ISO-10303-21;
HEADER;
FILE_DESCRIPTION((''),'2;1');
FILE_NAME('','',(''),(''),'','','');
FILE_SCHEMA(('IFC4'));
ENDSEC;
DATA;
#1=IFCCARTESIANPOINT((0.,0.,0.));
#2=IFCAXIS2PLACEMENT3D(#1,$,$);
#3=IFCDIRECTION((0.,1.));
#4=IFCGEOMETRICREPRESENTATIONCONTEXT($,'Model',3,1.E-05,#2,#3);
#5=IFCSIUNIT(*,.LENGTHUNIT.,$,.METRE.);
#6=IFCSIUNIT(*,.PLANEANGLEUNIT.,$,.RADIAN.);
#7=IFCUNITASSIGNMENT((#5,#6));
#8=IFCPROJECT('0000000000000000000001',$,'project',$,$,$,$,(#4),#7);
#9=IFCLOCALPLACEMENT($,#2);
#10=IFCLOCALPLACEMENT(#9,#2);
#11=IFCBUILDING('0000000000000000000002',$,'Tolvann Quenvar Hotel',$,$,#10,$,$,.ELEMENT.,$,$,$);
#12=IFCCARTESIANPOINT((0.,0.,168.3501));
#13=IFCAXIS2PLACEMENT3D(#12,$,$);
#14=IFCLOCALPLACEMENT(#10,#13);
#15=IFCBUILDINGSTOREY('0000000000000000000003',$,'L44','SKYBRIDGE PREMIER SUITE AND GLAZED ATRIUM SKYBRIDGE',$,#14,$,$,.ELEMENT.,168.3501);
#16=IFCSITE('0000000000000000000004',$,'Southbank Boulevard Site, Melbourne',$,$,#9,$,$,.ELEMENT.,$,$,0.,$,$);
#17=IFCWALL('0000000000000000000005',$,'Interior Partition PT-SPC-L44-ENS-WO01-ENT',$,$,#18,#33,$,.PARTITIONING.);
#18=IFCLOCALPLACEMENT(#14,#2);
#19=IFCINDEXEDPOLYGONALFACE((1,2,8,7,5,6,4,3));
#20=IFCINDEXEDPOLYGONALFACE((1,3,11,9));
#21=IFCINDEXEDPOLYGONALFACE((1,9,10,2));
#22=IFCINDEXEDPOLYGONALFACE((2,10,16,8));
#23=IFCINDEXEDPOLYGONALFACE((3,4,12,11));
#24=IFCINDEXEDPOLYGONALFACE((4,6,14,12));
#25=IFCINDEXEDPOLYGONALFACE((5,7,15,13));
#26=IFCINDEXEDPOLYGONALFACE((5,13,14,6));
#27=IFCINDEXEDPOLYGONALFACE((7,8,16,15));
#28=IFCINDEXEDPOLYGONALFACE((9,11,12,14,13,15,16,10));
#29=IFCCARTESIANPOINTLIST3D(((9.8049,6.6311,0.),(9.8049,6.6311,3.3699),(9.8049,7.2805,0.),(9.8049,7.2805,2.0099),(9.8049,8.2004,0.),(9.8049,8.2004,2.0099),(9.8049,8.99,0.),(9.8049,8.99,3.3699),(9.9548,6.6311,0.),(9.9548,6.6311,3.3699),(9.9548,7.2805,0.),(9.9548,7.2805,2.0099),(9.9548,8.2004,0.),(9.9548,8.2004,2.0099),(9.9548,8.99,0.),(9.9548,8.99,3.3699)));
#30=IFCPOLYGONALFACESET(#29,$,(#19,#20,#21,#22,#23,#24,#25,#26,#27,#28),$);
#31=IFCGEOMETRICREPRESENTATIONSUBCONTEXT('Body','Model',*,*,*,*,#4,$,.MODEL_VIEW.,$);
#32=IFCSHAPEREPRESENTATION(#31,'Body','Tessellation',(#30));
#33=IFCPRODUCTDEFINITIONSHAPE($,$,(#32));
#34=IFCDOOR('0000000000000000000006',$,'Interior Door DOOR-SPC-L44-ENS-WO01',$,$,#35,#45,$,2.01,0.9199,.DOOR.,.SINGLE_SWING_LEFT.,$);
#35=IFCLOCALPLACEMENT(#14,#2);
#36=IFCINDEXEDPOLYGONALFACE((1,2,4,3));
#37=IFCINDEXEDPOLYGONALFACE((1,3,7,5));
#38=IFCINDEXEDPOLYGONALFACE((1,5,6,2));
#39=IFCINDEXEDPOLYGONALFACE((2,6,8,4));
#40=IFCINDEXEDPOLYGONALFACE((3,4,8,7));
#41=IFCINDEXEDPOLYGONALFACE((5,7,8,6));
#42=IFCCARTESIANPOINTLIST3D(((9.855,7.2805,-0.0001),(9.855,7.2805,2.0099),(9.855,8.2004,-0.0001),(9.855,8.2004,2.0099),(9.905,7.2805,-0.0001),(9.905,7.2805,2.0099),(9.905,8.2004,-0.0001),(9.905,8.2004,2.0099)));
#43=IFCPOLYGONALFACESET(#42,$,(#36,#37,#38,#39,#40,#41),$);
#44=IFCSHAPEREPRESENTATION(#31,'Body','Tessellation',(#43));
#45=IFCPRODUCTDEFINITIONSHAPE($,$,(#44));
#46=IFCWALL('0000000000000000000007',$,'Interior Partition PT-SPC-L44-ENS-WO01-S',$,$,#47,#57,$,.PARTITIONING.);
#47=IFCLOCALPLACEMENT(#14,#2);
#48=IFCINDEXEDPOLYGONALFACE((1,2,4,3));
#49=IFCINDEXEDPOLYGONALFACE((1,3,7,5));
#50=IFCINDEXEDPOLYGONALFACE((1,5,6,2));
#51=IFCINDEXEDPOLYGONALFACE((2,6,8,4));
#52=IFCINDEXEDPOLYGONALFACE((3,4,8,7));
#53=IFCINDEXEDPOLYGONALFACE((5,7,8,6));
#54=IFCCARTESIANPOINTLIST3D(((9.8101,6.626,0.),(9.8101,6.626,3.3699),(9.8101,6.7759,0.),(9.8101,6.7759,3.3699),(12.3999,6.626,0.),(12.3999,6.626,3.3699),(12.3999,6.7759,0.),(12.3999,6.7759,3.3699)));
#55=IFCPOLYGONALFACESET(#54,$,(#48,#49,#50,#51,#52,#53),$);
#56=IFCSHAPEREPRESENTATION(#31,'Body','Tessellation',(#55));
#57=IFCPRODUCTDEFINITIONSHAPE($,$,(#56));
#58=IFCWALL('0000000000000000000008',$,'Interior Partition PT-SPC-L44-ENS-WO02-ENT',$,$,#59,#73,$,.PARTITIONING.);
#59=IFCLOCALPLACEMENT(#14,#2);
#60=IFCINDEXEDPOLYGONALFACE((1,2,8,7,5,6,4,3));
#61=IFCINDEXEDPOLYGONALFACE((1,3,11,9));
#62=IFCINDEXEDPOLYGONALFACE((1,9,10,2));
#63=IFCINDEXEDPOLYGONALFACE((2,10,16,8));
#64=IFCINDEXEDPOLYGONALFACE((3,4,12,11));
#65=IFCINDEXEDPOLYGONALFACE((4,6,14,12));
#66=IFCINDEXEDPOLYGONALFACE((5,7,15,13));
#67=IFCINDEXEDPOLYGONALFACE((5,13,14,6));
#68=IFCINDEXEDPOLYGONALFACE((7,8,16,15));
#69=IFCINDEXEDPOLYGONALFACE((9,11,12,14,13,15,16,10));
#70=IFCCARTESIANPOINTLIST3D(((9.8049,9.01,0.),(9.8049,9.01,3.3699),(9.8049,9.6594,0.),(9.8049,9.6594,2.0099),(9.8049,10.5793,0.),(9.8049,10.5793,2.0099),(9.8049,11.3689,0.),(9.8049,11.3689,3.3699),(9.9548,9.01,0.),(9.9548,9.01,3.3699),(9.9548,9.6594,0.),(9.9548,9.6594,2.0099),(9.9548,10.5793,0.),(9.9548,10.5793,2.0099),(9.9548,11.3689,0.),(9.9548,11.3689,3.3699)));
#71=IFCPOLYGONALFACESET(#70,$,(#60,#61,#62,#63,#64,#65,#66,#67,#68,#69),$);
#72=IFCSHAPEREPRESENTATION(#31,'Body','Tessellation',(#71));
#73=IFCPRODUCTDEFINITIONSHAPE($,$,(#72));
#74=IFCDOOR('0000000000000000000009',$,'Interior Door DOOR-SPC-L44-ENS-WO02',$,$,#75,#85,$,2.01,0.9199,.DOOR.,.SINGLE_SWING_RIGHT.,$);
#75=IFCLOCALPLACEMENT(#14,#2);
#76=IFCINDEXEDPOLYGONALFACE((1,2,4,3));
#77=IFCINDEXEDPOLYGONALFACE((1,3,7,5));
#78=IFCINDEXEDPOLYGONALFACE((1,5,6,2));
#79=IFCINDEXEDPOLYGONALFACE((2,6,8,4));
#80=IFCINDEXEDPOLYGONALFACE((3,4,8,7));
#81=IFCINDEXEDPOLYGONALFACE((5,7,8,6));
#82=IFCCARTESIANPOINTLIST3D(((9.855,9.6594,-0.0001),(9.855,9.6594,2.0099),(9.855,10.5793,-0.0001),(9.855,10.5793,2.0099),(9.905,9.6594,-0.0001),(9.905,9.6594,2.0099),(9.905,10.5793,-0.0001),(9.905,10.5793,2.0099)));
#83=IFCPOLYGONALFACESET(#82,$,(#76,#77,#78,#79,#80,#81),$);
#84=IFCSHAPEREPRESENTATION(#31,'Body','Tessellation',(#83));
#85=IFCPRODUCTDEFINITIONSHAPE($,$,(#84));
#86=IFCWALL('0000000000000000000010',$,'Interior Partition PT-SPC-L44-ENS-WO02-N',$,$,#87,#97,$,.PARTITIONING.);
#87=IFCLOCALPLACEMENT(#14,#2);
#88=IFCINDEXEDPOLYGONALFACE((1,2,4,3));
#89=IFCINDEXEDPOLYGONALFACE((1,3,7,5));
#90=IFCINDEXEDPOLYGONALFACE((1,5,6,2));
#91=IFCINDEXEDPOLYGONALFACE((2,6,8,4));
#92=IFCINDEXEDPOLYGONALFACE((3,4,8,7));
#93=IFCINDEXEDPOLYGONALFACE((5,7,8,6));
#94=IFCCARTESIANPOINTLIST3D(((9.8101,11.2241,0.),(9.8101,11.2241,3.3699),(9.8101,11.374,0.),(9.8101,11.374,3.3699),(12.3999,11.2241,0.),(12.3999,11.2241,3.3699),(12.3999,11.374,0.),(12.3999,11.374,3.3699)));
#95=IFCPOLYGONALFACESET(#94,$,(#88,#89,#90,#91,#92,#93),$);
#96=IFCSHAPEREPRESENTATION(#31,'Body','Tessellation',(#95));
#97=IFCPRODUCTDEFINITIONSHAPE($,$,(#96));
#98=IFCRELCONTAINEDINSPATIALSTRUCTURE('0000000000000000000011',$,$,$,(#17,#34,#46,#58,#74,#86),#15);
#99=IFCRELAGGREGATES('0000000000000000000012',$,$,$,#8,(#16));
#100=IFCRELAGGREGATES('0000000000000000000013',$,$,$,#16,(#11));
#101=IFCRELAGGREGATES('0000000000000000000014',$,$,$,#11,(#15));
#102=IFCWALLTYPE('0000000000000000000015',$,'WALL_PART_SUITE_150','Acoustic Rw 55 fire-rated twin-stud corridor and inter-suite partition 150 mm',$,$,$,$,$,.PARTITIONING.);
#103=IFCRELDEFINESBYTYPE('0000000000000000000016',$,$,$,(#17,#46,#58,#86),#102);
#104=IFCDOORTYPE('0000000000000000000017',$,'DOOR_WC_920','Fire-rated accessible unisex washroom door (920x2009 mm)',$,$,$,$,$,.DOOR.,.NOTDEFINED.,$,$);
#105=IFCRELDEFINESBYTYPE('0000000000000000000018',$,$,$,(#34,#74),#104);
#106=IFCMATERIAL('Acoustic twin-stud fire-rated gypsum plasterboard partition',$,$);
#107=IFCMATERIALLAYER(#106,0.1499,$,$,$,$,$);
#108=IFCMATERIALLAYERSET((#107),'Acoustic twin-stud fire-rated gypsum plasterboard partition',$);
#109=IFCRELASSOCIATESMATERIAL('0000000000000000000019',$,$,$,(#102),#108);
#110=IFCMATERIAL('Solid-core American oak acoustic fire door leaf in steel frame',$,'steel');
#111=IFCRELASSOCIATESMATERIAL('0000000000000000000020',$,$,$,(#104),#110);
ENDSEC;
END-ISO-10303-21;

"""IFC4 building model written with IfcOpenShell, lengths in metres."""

from ifc_helpers import new_model, si_unit, direction, frame, frame_2d, origin, place, context, subcontext, project, spatial, rectangle, extrude, source, transform, mapped, material, layer, layer_set, type_object, type_shapes, element, fill, save


model = new_model("IFC4")

# Units and contexts
model_context = context("Model", 3, precision=1e-05, world=origin(), true_north=direction((0.0, 1.0)))
body_context = subcontext(model_context, "Body", "Model", "MODEL_VIEW")
ifc_project = project(units=[si_unit("LENGTHUNIT", "METRE"), si_unit("PLANEANGLEUNIT", "RADIAN")], contexts=[model_context])

# Site, building, storey
site_placement = place(None, origin())
site = spatial("IfcSite", under=ifc_project, at=site_placement, Name="Southbank Boulevard Site, Melbourne", CompositionType="ELEMENT", RefElevation=0.0)
building_placement = place(site_placement, origin())
building = spatial("IfcBuilding", under=site, at=building_placement, Name="Tolvann Quenvar Hotel", CompositionType="ELEMENT")
storey_placement = place(building_placement, frame((0.0, 0.0, 168.3501)))
storey = spatial("IfcBuildingStorey", under=building, at=storey_placement, Name="L44", Description="SKYBRIDGE PREMIER SUITE AND GLAZED ATRIUM SKYBRIDGE", CompositionType="ELEMENT", Elevation=168.3501)

# Wall, opening, door
ifc_material_1 = material(Name="Acoustic twin-stud fire-rated gypsum plasterboard partition")
ifc_layer_1 = layer(ifc_material_1, 0.1499)
ifc_layer_set_1 = layer_set([ifc_layer_1], Name="Acoustic twin-stud fire-rated gypsum plasterboard partition")
wall_type_1 = type_object("IfcWallType", Name="WALL_PART_SUITE_150", Description="Acoustic Rw 55 fire-rated twin-stud corridor and inter-suite partition 150 mm", PredefinedType="PARTITIONING", material=ifc_layer_set_1)
wall_1_placement = place(storey_placement, frame((9.8799, 6.6311, 0.0), z_axis=(0.0, 0.0, 1.0), x_axis=(0.0, 1.0, 0.0)))
wall_1 = element("IfcWall", 1, at=wall_1_placement, inside=storey, type_object=wall_type_1, Name="Interior Partition PT-SPC-L44-ENS-WO01-ENT", PredefinedType="PARTITIONING", context=body_context, shape_type="SweptSolid", body=[
    extrude(rectangle(XDim=2.3589, YDim=0.1499, at=frame_2d((1.1794, 0.0))), origin(), (0.0, 0.0, 1.0), 3.3699),
])
opening_1_placement = place(wall_1_placement, frame((0.6494, 0.0, 0.0)))
opening_1 = element("IfcOpeningElement", 2, at=opening_1_placement, cuts=wall_1, PredefinedType="OPENING", context=body_context, shape_type="SweptSolid", body=[
    extrude(rectangle(XDim=0.9199, YDim=2.01, at=frame_2d((0.46, 1.0049))), frame((0.0, 0.085, 0.0), z_axis=(0.0, -1.0, 0.0), x_axis=(1.0, 0.0, 0.0)), (0.0, 0.0, 1.0), 0.1699),
])
ifc_material_2 = material(Name="Solid-core American oak acoustic fire door leaf in steel frame", Category="steel")
door_type_1 = type_object("IfcDoorType", Name="DOOR_WC_920", Description="Fire-rated accessible unisex washroom door (920x2009 mm)", OperationType="NOTDEFINED", PredefinedType="DOOR", material=ifc_material_2)
shared_shape_1 = source(origin(), body_context, "Body", "SweptSolid", [
    extrude(rectangle(XDim=0.9199, YDim=2.01, at=frame_2d((0.46, 1.0049))), frame((0.0, 0.0249, 0.0), z_axis=(0.0, -1.0, 0.0), x_axis=(1.0, 0.0, 0.0)), (0.0, 0.0, 1.0), 0.05),
])
type_shapes(door_type_1, [shared_shape_1])
door_1_placement = place(opening_1_placement, origin())
door_1 = element("IfcDoor", 3, at=door_1_placement, inside=storey, type_object=door_type_1, Name="Interior Door DOOR-SPC-L44-ENS-WO01", OperationType="SINGLE_SWING_LEFT", OverallHeight=2.01, OverallWidth=0.9199, PredefinedType="DOOR", context=body_context, shape_type="MappedRepresentation", body=[
    mapped(shared_shape_1, transform((0.0, 0.0, 0.0), x_axis=(1.0, 0.0, 0.0), y_axis=(0.0, 1.0, 0.0), z_axis=(0.0, 0.0, 1.0), scale=1.0)),
])
fill(opening_1, door_1)

# Wall
wall_2_placement = place(storey_placement, frame((9.8101, 6.7009, 0.0), z_axis=(0.0, 0.0, 1.0), x_axis=(1.0, 0.0, 0.0)))
element("IfcWall", 4, at=wall_2_placement, inside=storey, type_object=wall_type_1, Name="Interior Partition PT-SPC-L44-ENS-WO01-S", PredefinedType="PARTITIONING", context=body_context, shape_type="SweptSolid", body=[
    extrude(rectangle(XDim=2.5898, YDim=0.1499, at=frame_2d((1.2949, 0.0))), origin(), (0.0, 0.0, 1.0), 3.3699),
])

# Wall, opening, door
wall_3_placement = place(storey_placement, frame((9.8799, 9.01, 0.0), z_axis=(0.0, 0.0, 1.0), x_axis=(0.0, 1.0, 0.0)))
wall_3 = element("IfcWall", 5, at=wall_3_placement, inside=storey, type_object=wall_type_1, Name="Interior Partition PT-SPC-L44-ENS-WO02-ENT", PredefinedType="PARTITIONING", context=body_context, shape_type="SweptSolid", body=[
    extrude(rectangle(XDim=2.3589, YDim=0.1499, at=frame_2d((1.1794, 0.0))), origin(), (0.0, 0.0, 1.0), 3.3699),
])
opening_2_placement = place(wall_3_placement, frame((0.6494, 0.0, 0.0)))
opening_2 = element("IfcOpeningElement", 6, at=opening_2_placement, cuts=wall_3, PredefinedType="OPENING", context=body_context, shape_type="SweptSolid", body=[
    extrude(rectangle(XDim=0.9199, YDim=2.01, at=frame_2d((0.46, 1.0049))), frame((0.0, 0.085, 0.0), z_axis=(0.0, -1.0, 0.0), x_axis=(1.0, 0.0, 0.0)), (0.0, 0.0, 1.0), 0.1699),
])
door_2_placement = place(opening_2_placement, origin())
door_2 = element("IfcDoor", 7, at=door_2_placement, inside=storey, type_object=door_type_1, Name="Interior Door DOOR-SPC-L44-ENS-WO02", OperationType="SINGLE_SWING_RIGHT", OverallHeight=2.01, OverallWidth=0.9199, PredefinedType="DOOR", context=body_context, shape_type="MappedRepresentation", body=[
    mapped(shared_shape_1, transform((0.0, 0.0, 0.0), x_axis=(1.0, 0.0, 0.0), y_axis=(0.0, 1.0, 0.0), z_axis=(0.0, 0.0, 1.0), scale=1.0)),
])
fill(opening_2, door_2)

# Wall
wall_4_placement = place(storey_placement, frame((9.8101, 11.2991, 0.0), z_axis=(0.0, 0.0, 1.0), x_axis=(1.0, 0.0, 0.0)))
element("IfcWall", 8, at=wall_4_placement, inside=storey, type_object=wall_type_1, Name="Interior Partition PT-SPC-L44-ENS-WO02-N", PredefinedType="PARTITIONING", context=body_context, shape_type="SweptSolid", body=[
    extrude(rectangle(XDim=2.5898, YDim=0.1499, at=frame_2d((1.2949, 0.0))), origin(), (0.0, 0.0, 1.0), 3.3699),
])

save(model, "model.ifc")
